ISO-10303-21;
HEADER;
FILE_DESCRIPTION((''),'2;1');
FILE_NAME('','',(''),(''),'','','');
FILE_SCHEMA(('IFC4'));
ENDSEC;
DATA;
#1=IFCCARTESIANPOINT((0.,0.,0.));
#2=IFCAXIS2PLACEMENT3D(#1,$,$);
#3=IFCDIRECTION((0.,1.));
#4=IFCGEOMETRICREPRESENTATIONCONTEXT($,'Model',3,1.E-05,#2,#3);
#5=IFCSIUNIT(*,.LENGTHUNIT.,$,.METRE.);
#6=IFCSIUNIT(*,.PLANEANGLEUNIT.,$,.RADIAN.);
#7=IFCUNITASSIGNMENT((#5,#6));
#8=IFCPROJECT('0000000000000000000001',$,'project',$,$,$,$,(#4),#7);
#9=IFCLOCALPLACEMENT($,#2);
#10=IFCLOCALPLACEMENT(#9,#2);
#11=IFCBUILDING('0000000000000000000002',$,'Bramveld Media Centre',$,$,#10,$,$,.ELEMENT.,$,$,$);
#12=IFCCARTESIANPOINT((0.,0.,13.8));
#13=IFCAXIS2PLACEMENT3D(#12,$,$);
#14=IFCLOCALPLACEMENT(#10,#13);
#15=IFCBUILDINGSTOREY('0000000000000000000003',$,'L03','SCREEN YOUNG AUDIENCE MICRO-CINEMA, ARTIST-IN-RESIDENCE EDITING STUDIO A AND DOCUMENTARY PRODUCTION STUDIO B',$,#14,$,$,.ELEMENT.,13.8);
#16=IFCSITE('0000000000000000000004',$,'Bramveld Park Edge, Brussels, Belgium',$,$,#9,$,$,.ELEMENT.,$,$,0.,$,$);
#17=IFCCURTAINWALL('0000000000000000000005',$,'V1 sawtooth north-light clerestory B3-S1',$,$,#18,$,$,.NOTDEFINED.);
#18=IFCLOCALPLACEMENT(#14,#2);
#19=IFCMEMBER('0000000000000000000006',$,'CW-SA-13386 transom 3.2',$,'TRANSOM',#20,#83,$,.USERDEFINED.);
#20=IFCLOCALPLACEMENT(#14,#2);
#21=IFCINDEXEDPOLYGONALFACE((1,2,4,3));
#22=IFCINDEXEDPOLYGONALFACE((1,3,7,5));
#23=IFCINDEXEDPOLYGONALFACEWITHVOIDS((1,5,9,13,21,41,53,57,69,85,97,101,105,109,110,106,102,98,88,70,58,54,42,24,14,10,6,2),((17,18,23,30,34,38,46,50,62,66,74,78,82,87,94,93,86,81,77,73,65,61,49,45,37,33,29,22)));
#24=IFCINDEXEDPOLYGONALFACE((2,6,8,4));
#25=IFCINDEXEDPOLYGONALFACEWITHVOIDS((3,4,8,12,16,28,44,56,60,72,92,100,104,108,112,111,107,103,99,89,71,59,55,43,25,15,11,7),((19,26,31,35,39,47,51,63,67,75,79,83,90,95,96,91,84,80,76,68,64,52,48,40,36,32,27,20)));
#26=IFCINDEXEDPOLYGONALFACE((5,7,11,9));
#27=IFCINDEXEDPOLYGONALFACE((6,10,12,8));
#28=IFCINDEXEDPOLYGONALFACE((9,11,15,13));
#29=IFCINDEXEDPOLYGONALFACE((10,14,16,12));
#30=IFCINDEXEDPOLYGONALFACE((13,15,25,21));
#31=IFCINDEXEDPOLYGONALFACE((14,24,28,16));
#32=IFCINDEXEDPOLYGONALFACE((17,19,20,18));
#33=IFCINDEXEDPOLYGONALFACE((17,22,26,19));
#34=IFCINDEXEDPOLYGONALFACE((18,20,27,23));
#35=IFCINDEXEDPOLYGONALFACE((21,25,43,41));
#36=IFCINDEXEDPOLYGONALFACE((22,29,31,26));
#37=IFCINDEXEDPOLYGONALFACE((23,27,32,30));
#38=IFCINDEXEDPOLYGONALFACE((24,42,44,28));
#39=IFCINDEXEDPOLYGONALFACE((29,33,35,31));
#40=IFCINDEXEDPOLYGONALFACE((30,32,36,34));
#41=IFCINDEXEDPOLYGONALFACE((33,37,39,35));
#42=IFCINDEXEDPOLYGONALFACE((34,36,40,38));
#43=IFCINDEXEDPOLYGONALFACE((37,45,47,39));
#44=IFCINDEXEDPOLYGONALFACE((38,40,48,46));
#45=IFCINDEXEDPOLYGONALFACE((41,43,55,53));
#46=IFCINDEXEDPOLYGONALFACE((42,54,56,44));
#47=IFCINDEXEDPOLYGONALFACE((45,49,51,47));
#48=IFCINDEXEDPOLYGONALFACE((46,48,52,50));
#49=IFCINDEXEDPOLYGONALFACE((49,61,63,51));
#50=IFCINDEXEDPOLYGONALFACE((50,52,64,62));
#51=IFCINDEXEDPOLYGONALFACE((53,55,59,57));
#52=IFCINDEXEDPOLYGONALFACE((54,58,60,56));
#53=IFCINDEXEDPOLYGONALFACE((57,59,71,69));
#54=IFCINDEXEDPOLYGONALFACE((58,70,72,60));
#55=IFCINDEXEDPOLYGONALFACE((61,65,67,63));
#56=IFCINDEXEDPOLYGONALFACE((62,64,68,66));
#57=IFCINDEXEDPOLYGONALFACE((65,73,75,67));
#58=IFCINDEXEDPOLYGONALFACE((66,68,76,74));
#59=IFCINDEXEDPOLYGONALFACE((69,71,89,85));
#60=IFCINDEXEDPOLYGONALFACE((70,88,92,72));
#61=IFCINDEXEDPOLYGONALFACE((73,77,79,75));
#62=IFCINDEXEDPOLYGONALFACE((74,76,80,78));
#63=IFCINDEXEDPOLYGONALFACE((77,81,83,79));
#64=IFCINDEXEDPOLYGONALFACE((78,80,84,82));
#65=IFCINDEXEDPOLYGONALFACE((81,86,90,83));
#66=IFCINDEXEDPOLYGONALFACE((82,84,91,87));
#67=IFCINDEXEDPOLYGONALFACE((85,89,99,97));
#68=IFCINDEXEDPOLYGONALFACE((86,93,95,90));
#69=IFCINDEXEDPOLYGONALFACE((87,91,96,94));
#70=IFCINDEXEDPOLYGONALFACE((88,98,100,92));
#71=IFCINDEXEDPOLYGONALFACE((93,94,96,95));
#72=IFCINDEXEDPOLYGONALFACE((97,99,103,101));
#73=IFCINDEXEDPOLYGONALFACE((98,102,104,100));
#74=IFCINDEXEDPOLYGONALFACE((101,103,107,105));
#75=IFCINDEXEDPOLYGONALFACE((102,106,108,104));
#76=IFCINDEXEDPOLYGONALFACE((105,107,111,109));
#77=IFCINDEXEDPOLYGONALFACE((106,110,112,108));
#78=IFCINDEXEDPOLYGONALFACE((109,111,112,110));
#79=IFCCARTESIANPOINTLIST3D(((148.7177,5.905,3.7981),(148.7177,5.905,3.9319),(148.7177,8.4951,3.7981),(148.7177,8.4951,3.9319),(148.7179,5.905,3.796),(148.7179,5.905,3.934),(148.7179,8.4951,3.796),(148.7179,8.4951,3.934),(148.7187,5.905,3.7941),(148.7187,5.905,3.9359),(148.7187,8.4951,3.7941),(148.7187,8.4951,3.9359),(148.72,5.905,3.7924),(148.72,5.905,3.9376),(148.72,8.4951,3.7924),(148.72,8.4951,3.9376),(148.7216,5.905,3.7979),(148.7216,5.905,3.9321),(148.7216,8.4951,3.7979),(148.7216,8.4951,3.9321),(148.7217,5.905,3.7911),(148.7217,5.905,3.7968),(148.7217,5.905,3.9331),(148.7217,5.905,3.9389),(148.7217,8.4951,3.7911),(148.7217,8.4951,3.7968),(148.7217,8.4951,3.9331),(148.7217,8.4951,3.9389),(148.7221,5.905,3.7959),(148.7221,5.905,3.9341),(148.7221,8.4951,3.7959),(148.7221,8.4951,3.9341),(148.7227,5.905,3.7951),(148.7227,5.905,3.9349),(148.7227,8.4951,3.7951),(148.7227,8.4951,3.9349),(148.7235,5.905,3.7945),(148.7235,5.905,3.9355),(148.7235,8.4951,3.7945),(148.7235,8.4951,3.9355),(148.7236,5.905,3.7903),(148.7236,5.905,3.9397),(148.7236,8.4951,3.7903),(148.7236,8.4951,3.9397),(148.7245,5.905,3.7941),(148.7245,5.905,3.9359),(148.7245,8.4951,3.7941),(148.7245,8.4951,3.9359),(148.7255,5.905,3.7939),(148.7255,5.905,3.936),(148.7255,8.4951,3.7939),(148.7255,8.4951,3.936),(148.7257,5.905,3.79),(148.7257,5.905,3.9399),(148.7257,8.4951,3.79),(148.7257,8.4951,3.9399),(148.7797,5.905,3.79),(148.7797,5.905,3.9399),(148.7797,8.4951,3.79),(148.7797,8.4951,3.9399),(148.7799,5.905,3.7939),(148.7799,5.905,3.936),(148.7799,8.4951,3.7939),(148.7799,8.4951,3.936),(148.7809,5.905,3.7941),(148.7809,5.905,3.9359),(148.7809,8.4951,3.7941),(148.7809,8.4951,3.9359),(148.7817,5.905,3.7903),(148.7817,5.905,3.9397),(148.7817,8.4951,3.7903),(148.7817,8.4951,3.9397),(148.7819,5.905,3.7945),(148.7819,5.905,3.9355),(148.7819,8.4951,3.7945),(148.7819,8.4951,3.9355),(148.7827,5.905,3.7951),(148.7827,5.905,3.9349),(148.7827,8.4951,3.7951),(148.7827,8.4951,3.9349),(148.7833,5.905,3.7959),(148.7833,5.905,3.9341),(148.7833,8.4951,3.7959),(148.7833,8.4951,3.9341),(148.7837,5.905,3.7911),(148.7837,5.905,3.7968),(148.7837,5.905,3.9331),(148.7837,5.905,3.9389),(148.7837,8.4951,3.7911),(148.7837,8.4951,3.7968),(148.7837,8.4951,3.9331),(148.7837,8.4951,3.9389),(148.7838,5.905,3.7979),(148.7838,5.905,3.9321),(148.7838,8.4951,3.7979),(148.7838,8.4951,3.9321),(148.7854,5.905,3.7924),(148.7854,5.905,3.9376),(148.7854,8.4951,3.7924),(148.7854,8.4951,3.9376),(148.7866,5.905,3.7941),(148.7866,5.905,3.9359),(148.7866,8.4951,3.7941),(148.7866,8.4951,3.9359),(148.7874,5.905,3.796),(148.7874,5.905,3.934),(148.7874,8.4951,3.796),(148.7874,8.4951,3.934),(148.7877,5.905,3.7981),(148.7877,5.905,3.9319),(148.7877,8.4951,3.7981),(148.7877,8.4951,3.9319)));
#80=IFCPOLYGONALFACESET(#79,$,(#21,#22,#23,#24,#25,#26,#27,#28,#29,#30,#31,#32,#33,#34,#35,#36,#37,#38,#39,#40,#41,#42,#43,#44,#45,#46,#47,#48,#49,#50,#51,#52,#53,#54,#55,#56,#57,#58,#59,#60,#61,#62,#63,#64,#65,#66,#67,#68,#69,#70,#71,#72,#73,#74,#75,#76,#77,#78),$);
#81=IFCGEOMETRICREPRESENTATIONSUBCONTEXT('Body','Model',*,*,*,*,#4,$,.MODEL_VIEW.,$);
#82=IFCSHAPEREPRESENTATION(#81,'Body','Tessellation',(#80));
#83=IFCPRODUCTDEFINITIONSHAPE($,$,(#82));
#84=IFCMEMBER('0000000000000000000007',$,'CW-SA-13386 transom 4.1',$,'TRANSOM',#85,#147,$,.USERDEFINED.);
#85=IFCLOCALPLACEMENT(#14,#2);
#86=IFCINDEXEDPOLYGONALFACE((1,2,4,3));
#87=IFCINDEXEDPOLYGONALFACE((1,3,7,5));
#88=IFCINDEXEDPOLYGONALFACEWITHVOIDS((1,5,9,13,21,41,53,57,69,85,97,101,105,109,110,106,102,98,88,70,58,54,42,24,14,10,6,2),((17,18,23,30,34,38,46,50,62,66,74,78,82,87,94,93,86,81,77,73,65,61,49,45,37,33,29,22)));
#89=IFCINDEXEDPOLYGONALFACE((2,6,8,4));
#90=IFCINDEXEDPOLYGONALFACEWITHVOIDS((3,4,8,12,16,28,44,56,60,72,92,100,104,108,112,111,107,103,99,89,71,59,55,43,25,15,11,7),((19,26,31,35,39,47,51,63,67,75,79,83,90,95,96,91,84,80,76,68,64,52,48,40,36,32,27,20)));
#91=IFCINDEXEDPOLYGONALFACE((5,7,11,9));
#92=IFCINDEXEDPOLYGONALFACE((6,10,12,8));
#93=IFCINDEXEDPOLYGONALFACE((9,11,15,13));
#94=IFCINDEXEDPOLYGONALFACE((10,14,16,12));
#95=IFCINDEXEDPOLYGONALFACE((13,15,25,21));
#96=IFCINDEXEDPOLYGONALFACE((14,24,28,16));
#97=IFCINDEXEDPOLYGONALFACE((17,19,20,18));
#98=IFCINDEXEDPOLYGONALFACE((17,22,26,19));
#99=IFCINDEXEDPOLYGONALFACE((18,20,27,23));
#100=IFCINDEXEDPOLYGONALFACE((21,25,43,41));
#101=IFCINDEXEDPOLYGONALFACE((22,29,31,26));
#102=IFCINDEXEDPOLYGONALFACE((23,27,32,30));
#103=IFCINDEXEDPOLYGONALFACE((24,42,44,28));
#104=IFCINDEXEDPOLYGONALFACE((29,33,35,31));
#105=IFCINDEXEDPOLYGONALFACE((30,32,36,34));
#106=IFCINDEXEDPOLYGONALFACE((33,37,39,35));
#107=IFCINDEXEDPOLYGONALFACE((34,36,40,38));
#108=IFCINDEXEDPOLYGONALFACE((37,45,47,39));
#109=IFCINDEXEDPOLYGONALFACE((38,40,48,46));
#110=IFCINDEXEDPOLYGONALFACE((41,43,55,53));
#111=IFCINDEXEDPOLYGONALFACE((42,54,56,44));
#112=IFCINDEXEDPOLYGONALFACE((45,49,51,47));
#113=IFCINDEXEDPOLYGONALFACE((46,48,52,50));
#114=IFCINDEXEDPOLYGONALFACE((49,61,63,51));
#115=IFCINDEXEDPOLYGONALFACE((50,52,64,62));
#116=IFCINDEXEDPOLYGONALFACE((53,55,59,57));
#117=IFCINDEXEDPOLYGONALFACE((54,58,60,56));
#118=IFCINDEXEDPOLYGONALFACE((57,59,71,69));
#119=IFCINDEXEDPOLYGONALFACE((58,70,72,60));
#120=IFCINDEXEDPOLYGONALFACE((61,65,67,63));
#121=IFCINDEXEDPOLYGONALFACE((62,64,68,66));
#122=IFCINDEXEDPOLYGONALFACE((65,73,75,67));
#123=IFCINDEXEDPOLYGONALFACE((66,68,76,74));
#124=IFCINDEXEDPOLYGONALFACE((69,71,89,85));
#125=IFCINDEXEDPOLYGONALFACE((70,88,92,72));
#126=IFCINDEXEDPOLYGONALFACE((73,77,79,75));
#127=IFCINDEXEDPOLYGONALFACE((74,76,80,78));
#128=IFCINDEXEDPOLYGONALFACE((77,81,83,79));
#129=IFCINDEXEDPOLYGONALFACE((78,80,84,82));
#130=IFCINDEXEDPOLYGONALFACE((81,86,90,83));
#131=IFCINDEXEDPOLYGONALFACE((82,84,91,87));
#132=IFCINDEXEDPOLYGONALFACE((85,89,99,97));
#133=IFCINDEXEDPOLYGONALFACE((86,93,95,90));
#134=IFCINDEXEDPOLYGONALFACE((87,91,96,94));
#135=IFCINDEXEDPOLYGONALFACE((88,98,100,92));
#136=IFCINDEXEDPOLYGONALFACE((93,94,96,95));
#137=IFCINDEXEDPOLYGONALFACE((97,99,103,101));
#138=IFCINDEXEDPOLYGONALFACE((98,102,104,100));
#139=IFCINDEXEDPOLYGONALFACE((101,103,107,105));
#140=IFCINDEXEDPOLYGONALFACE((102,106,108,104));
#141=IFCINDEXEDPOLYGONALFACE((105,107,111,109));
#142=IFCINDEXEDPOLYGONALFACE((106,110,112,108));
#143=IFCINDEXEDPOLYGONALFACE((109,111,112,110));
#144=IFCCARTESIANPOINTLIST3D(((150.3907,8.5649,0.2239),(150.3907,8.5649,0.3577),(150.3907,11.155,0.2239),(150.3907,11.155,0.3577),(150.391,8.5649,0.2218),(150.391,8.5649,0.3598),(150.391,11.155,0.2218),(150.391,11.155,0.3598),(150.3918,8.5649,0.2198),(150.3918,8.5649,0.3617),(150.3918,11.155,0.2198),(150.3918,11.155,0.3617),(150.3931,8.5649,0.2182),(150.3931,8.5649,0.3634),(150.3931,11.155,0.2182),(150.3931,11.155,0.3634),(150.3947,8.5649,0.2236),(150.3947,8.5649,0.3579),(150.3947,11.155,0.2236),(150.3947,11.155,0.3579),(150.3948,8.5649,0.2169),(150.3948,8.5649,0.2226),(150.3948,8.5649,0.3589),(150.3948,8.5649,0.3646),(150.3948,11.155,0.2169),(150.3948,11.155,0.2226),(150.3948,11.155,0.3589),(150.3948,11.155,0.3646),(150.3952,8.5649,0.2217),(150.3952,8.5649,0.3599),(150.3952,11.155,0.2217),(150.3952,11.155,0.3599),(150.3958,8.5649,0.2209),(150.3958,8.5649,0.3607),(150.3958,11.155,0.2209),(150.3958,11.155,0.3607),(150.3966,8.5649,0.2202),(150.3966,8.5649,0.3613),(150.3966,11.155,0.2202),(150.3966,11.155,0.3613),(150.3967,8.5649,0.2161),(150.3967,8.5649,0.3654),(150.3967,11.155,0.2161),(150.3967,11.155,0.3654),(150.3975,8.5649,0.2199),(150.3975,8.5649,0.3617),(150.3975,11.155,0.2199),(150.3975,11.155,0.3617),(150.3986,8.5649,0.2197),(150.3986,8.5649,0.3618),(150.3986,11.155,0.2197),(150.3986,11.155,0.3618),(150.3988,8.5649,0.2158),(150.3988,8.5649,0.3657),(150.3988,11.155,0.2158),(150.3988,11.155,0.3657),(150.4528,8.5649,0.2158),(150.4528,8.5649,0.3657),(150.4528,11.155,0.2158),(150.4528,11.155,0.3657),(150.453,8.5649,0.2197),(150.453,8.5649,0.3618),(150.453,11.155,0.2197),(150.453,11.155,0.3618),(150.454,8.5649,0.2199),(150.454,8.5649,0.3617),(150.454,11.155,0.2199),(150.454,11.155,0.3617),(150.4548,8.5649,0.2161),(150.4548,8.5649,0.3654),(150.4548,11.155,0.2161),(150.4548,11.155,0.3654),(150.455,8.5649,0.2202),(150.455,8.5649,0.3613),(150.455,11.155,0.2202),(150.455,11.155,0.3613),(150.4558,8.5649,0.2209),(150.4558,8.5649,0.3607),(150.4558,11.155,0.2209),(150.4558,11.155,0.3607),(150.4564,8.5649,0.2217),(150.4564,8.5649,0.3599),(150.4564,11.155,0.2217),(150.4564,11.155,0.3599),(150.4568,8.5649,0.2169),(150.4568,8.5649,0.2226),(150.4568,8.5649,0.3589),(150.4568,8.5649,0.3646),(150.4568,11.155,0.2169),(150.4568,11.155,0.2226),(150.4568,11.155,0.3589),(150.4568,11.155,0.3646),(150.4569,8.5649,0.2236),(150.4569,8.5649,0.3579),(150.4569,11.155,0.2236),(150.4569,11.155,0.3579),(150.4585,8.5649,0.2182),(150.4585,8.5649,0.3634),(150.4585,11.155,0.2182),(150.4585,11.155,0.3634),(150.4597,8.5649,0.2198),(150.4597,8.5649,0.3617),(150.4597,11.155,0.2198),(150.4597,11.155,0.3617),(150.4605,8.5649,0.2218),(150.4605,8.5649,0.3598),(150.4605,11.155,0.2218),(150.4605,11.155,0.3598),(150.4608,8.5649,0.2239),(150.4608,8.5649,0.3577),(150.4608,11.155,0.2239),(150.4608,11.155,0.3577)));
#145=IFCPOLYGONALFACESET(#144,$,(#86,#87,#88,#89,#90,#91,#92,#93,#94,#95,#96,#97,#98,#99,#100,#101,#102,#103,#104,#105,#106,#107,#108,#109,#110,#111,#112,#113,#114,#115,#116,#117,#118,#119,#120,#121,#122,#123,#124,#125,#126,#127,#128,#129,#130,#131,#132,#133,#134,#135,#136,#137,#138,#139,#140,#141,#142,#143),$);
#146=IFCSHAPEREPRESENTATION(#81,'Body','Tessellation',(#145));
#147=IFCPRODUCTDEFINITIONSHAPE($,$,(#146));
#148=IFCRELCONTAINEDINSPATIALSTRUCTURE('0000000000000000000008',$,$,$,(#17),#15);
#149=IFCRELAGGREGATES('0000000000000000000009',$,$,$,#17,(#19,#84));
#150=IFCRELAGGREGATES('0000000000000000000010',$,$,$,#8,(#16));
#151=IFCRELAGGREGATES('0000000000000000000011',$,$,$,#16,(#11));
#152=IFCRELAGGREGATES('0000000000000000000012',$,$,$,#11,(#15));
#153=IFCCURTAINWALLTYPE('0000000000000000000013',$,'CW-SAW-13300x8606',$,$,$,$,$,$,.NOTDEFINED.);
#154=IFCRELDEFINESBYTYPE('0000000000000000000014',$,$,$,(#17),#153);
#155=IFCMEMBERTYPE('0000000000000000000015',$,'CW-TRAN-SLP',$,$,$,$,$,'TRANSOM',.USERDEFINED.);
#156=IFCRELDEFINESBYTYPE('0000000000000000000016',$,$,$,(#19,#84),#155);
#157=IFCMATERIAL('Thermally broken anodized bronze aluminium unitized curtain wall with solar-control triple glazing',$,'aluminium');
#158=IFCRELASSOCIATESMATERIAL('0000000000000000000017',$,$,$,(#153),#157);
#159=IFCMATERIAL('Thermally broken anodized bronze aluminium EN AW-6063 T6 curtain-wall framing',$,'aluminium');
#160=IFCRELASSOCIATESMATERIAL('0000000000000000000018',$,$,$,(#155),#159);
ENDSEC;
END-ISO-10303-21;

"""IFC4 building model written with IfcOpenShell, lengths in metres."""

from ifc_helpers import new_model, si_unit, direction, frame, origin, origin_2d, place, context, subcontext, project, spatial, hollow_rectangle, extrude, material, material_profile, profile_set, type_object, element, aggregate, save


model = new_model("IFC4")

# Units and contexts
model_context = context("Model", 3, precision=1e-05, world=origin(), true_north=direction((0.0, 1.0)))
body_context = subcontext(model_context, "Body", "Model", "MODEL_VIEW")
ifc_project = project(units=[si_unit("LENGTHUNIT", "METRE"), si_unit("PLANEANGLEUNIT", "RADIAN")], contexts=[model_context])

# Site, building, storey
site_placement = place(None, origin())
site = spatial("IfcSite", under=ifc_project, at=site_placement, Name="Bramveld Park Edge, Brussels, Belgium", CompositionType="ELEMENT", RefElevation=0.0)
building_placement = place(site_placement, origin())
building = spatial("IfcBuilding", under=site, at=building_placement, Name="Bramveld Media Centre", CompositionType="ELEMENT")
storey_placement = place(building_placement, frame((0.0, 0.0, 13.8)))
storey = spatial("IfcBuildingStorey", under=building, at=storey_placement, Name="L03", Description="SCREEN YOUNG AUDIENCE MICRO-CINEMA, ARTIST-IN-RESIDENCE EDITING STUDIO A AND DOCUMENTARY PRODUCTION STUDIO B", CompositionType="ELEMENT", Elevation=13.8)

# Curtain wall, members
ifc_material_1 = material(Name="Thermally broken anodized bronze aluminium unitized curtain wall with solar-control triple glazing", Category="aluminium")
curtain_wall_type = type_object("IfcCurtainWallType", Name="CW-SAW-13300x8606", PredefinedType="NOTDEFINED", material=ifc_material_1)
curtain_wall_placement = place(storey_placement, origin())
curtain_wall = element("IfcCurtainWall", 1, at=curtain_wall_placement, inside=storey, type_object=curtain_wall_type, Name="V1 sawtooth north-light clerestory B3-S1", PredefinedType="NOTDEFINED")
ifc_material_2 = material(Name="Thermally broken anodized bronze aluminium EN AW-6063 T6 curtain-wall framing", Category="aluminium")
ifc_material_profile_1 = material_profile(ifc_material_2, hollow_rectangle(XDim=0.0701, YDim=0.1499, WallThickness=0.0039, InnerFilletRadius=0.0039, OuterFilletRadius=0.0081, at=origin_2d()), Name="AL-TRAN 70x150")
ifc_profile_set_1 = profile_set([ifc_material_profile_1], Name="Thermally broken anodized bronze aluminium EN AW-6063 T6 curtain-wall framing")
member_type_1 = type_object("IfcMemberType", Name="CW-TRAN-SLP", ElementType="TRANSOM", PredefinedType="USERDEFINED", material=ifc_profile_set_1)
member_1_placement = place(storey_placement, frame((148.7527, 5.905, 3.865), z_axis=(0.0, 1.0, 0.0), x_axis=(-1.0, 0.0, 0.0)))
member_1 = element("IfcMember", 2, at=member_1_placement, type_object=member_type_1, Name="CW-SA-13386 transom 3.2", ObjectType="TRANSOM", PredefinedType="USERDEFINED", context=body_context, shape_type="SweptSolid", body=[
    extrude(hollow_rectangle(XDim=0.0701, YDim=0.1499, WallThickness=0.0039, InnerFilletRadius=0.0039, OuterFilletRadius=0.0081, at=origin_2d()), origin(), (0.0, 0.0, 1.0), 2.5901),
])
member_2_placement = place(storey_placement, frame((150.4258, 8.5649, 0.2908), z_axis=(0.0, 1.0, 0.0), x_axis=(-1.0, 0.0, 0.0)))
member_2 = element("IfcMember", 3, at=member_2_placement, type_object=member_type_1, Name="CW-SA-13386 transom 4.1", ObjectType="TRANSOM", PredefinedType="USERDEFINED", context=body_context, shape_type="SweptSolid", body=[
    extrude(hollow_rectangle(XDim=0.0701, YDim=0.1499, WallThickness=0.0039, InnerFilletRadius=0.0039, OuterFilletRadius=0.0081, at=origin_2d()), origin(), (0.0, 0.0, 1.0), 2.5901),
])

aggregate(curtain_wall, [member_1, member_2])

save(model, "model.ifc")
